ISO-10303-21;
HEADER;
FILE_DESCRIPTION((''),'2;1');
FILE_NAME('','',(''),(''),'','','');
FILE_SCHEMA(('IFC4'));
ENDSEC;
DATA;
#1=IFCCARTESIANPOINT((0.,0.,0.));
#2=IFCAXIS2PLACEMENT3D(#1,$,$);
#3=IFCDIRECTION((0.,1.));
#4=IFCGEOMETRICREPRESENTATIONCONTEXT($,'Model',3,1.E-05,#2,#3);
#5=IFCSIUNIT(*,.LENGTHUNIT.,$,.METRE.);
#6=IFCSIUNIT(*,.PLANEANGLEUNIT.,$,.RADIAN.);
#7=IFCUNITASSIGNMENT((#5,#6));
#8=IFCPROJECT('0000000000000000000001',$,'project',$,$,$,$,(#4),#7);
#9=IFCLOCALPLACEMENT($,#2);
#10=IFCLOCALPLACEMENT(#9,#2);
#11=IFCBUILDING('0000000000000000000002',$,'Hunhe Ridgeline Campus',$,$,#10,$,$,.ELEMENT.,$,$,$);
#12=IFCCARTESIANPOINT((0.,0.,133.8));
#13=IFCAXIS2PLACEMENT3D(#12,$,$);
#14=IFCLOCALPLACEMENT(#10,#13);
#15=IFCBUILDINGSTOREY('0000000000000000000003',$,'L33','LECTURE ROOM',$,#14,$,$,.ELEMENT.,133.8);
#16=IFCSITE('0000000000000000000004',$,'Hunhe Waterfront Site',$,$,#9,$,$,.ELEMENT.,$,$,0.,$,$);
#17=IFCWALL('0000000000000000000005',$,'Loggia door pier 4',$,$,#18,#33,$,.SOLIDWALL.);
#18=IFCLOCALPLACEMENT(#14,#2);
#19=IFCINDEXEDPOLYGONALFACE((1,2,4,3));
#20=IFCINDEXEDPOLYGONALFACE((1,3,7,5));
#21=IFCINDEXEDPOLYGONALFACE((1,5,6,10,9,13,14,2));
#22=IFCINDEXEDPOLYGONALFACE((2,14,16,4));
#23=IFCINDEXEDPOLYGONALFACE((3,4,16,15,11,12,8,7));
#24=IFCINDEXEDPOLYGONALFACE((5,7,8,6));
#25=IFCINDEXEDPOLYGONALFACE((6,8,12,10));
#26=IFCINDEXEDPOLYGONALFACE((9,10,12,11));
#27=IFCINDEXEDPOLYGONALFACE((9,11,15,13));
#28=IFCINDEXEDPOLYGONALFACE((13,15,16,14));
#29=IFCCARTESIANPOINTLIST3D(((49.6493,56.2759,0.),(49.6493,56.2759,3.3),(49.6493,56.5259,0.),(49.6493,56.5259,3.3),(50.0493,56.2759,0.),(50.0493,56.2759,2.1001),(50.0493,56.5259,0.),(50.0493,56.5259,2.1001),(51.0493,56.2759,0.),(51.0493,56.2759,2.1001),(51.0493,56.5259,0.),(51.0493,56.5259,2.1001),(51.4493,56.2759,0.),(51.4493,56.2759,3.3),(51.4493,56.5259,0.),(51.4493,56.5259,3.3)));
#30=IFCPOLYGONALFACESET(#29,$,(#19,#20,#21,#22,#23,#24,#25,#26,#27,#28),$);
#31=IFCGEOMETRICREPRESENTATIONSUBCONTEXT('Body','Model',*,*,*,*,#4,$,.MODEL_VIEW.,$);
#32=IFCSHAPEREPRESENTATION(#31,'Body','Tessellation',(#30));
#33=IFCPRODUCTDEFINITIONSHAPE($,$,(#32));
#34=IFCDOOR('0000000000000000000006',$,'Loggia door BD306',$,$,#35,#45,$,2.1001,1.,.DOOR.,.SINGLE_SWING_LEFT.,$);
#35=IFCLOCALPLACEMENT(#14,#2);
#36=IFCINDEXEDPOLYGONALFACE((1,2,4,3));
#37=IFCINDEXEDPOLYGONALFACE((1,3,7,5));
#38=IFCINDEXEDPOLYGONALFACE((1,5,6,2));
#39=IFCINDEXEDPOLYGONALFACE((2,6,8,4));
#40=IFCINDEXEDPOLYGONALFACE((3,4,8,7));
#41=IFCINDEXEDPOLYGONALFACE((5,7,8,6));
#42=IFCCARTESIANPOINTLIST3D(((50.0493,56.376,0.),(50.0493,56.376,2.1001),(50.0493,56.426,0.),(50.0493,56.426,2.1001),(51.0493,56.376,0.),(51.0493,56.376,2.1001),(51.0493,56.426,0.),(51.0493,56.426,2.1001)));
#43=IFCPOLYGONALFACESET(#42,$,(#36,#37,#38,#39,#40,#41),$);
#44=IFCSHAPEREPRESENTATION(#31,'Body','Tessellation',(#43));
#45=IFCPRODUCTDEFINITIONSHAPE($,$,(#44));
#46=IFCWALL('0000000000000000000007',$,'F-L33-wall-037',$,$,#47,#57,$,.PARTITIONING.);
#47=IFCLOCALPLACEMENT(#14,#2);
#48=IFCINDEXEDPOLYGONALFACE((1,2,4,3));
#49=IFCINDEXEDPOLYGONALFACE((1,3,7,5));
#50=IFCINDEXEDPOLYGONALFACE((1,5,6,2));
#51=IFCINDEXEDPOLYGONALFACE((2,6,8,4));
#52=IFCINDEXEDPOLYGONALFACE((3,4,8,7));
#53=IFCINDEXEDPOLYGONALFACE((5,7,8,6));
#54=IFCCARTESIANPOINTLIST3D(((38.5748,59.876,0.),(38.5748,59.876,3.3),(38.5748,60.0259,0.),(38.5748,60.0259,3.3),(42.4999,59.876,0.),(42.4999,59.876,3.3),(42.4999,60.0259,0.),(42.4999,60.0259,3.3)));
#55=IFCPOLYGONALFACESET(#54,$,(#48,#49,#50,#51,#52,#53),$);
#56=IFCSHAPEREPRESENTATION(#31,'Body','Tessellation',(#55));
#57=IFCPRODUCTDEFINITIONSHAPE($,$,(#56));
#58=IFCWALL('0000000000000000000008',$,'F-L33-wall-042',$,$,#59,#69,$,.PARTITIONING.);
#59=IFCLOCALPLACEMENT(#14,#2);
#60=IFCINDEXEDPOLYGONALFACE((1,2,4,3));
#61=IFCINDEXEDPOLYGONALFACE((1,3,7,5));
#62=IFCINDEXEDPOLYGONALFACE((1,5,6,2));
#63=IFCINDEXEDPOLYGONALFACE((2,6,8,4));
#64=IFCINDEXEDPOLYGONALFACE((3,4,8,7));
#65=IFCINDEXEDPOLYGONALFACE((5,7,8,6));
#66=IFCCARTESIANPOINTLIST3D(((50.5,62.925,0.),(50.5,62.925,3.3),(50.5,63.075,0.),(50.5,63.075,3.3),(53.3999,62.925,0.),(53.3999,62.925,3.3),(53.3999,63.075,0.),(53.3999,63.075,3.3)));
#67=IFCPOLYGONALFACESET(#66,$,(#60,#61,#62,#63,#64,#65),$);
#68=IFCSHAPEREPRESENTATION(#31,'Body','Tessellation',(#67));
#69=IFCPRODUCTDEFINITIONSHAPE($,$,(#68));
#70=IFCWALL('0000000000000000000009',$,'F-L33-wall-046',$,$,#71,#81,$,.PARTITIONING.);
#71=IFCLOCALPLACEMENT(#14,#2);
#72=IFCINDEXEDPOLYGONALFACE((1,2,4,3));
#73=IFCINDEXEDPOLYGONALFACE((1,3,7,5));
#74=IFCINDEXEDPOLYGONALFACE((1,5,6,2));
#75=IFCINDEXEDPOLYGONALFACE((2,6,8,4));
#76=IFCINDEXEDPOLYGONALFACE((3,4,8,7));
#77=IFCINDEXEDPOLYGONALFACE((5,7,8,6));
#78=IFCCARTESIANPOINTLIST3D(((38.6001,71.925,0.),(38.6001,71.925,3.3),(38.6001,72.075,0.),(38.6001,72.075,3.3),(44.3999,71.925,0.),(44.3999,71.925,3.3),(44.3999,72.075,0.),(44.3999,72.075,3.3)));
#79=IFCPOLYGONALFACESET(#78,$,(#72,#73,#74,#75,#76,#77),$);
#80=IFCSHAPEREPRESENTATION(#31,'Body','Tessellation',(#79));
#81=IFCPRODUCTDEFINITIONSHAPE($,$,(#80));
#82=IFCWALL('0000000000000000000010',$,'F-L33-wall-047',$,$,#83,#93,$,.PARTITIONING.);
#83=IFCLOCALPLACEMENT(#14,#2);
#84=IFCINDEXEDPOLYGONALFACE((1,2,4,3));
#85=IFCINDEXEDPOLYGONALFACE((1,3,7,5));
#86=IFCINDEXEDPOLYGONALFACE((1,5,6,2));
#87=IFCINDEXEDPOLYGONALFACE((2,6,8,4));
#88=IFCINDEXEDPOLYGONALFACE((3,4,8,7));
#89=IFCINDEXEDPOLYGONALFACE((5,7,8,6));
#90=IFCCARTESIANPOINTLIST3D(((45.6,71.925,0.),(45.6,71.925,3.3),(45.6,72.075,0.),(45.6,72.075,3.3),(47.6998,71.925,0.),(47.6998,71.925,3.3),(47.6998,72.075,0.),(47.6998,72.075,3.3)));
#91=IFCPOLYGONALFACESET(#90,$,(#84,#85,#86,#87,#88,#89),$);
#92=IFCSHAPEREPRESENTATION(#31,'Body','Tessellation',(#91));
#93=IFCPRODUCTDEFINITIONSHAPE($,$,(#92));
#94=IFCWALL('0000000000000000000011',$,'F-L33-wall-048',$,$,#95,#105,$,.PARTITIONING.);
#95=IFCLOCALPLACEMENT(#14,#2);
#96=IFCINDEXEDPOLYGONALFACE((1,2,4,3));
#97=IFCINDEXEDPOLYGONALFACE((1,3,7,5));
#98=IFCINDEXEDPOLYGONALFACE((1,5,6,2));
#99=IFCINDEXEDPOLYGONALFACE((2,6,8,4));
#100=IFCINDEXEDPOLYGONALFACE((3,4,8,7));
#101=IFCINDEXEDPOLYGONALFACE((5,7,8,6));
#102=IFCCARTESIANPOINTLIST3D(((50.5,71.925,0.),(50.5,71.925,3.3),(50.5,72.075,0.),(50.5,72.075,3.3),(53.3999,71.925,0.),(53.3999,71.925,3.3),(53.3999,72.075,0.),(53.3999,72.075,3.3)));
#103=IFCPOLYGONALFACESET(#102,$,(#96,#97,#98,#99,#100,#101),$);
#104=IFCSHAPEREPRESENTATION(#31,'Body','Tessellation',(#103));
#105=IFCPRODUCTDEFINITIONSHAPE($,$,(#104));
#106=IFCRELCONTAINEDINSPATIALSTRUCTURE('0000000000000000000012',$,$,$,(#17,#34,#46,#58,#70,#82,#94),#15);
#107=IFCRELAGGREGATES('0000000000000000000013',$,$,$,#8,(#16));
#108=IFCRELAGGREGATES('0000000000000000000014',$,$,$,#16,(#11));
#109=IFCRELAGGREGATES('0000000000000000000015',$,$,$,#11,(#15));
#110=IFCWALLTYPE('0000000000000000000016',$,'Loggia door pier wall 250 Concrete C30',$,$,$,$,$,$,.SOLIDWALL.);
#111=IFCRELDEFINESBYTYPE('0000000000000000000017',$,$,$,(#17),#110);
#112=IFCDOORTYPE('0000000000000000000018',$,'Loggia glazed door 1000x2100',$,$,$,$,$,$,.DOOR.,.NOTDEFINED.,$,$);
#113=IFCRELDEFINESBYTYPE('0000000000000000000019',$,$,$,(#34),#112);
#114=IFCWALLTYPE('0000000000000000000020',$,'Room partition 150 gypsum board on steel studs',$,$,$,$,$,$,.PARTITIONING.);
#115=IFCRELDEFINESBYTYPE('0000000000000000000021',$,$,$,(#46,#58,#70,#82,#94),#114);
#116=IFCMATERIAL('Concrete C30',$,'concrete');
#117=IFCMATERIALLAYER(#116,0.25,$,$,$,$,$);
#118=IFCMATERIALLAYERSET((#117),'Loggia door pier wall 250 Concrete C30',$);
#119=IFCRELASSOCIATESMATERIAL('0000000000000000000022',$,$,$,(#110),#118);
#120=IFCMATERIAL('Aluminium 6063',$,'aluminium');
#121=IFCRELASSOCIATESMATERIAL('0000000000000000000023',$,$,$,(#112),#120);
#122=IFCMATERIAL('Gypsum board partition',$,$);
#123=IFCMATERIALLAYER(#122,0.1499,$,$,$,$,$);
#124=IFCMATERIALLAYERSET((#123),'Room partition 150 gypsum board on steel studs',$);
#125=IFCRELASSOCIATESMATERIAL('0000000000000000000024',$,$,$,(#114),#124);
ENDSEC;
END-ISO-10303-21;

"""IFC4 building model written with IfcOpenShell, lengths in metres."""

from ifc_helpers import new_model, si_unit, direction, frame, frame_2d, origin, place, context, subcontext, project, spatial, rectangle, extrude, material, layer, layer_set, type_object, element, fill, save


model = new_model("IFC4")

# Units and contexts
model_context = context("Model", 3, precision=1e-05, world=origin(), true_north=direction((0.0, 1.0)))
body_context = subcontext(model_context, "Body", "Model", "MODEL_VIEW")
ifc_project = project(units=[si_unit("LENGTHUNIT", "METRE"), si_unit("PLANEANGLEUNIT", "RADIAN")], contexts=[model_context])

# Site, building, storey
site_placement = place(None, origin())
site = spatial("IfcSite", under=ifc_project, at=site_placement, Name="Hunhe Waterfront Site", CompositionType="ELEMENT", RefElevation=0.0)
building_placement = place(site_placement, origin())
building = spatial("IfcBuilding", under=site, at=building_placement, Name="Hunhe Ridgeline Campus", CompositionType="ELEMENT")
storey_placement = place(building_placement, frame((0.0, 0.0, 133.8)))
storey = spatial("IfcBuildingStorey", under=building, at=storey_placement, Name="L33", Description="LECTURE ROOM", CompositionType="ELEMENT", Elevation=133.8)

# Shared definitions
ifc_material_1 = material(Name="Aluminium 6063", Category="aluminium")

# Shared definitions
ifc_material_2 = material(Name="Concrete C30", Category="concrete")
ifc_material_3 = material(Name="Gypsum board partition")

# Wall, opening, door
ifc_layer_1 = layer(ifc_material_2, 0.25)
ifc_layer_set_1 = layer_set([ifc_layer_1], Name="Loggia door pier wall 250 Concrete C30")
wall_type_1 = type_object("IfcWallType", Name="Loggia door pier wall 250 Concrete C30", PredefinedType="SOLIDWALL", material=ifc_layer_set_1)
wall_1_placement = place(storey_placement, frame((49.6494, 56.4009, 0.0), z_axis=(0.0, 0.0, 1.0), x_axis=(1.0, 0.0, 0.0)))
wall_1 = element("IfcWall", 1, at=wall_1_placement, inside=storey, type_object=wall_type_1, Name="Loggia door pier 4", PredefinedType="SOLIDWALL", context=body_context, shape_type="SweptSolid", body=[
    extrude(rectangle(XDim=1.8, YDim=0.25, at=frame_2d((0.8999, 0.0))), origin(), (0.0, 0.0, 1.0), 3.3),
])
opening_1_placement = place(wall_1_placement, frame((0.3999, 0.0, 0.0)))
opening_1 = element("IfcOpeningElement", 2, at=opening_1_placement, cuts=wall_1, PredefinedType="OPENING", context=body_context, shape_type="SweptSolid", body=[
    extrude(rectangle(XDim=1.0, YDim=2.1001, at=frame_2d((0.5, 1.05))), frame((0.0, 0.125, 0.0), z_axis=(0.0, -1.0, 0.0), x_axis=(1.0, 0.0, 0.0)), (0.0, 0.0, 1.0), 0.25),
])
door_type_1 = type_object("IfcDoorType", Name="Loggia glazed door 1000x2100", OperationType="NOTDEFINED", PredefinedType="DOOR", material=ifc_material_1)
door_1_placement = place(opening_1_placement, frame((1.0, 0.0, 0.0), z_axis=(0.0, 0.0, 1.0), x_axis=(-1.0, 0.0, 0.0)))
door_1 = element("IfcDoor", 3, at=door_1_placement, inside=storey, type_object=door_type_1, Name="Loggia door BD306", OperationType="SINGLE_SWING_LEFT", OverallHeight=2.1001, OverallWidth=1.0, PredefinedType="DOOR", context=body_context, shape_type="SweptSolid", body=[
    extrude(rectangle(XDim=1.0, YDim=2.1001, at=frame_2d((0.5, 1.05))), frame((0.0, 0.0249, 0.0), z_axis=(0.0, -1.0, 0.0), x_axis=(1.0, 0.0, 0.0)), (0.0, 0.0, 1.0), 0.05),
])
fill(opening_1, door_1)

# Walls
ifc_layer_2 = layer(ifc_material_3, 0.1499)
ifc_layer_set_2 = layer_set([ifc_layer_2], Name="Room partition 150 gypsum board on steel studs")
wall_type_2 = type_object("IfcWallType", Name="Room partition 150 gypsum board on steel studs", PredefinedType="PARTITIONING", material=ifc_layer_set_2)
wall_2_placement = place(storey_placement, frame((38.575, 59.9509, 0.0), z_axis=(0.0, 0.0, 1.0), x_axis=(1.0, 0.0, 0.0)))
element("IfcWall", 4, at=wall_2_placement, inside=storey, type_object=wall_type_2, Name="F-L33-wall-037", PredefinedType="PARTITIONING", context=body_context, shape_type="SweptSolid", body=[
    extrude(rectangle(XDim=3.925, YDim=0.1499, at=frame_2d((1.9624, 0.0))), origin(), (0.0, 0.0, 1.0), 3.3),
])
wall_3_placement = place(storey_placement, frame((50.5, 63.0, 0.0), z_axis=(0.0, 0.0, 1.0), x_axis=(1.0, 0.0, 0.0)))
element("IfcWall", 5, at=wall_3_placement, inside=storey, type_object=wall_type_2, Name="F-L33-wall-042", PredefinedType="PARTITIONING", context=body_context, shape_type="SweptSolid", body=[
    extrude(rectangle(XDim=2.8999, YDim=0.1499, at=frame_2d((1.45, 0.0))), origin(), (0.0, 0.0, 1.0), 3.3),
])
wall_4_placement = place(storey_placement, frame((38.6001, 72.0, 0.0), z_axis=(0.0, 0.0, 1.0), x_axis=(1.0, 0.0, 0.0)))
element("IfcWall", 6, at=wall_4_placement, inside=storey, type_object=wall_type_2, Name="F-L33-wall-046", PredefinedType="PARTITIONING", context=body_context, shape_type="SweptSolid", body=[
    extrude(rectangle(XDim=5.7998, YDim=0.1499, at=frame_2d((2.8999, 0.0))), origin(), (0.0, 0.0, 1.0), 3.3),
])
wall_5_placement = place(storey_placement, frame((45.6001, 72.0, 0.0), z_axis=(0.0, 0.0, 1.0), x_axis=(1.0, 0.0, 0.0)))
element("IfcWall", 7, at=wall_5_placement, inside=storey, type_object=wall_type_2, Name="F-L33-wall-047", PredefinedType="PARTITIONING", context=body_context, shape_type="SweptSolid", body=[
    extrude(rectangle(XDim=2.0999, YDim=0.1499, at=frame_2d((1.0498, 0.0))), origin(), (0.0, 0.0, 1.0), 3.3),
])
wall_6_placement = place(storey_placement, frame((50.5, 72.0, 0.0), z_axis=(0.0, 0.0, 1.0), x_axis=(1.0, 0.0, 0.0)))
element("IfcWall", 8, at=wall_6_placement, inside=storey, type_object=wall_type_2, Name="F-L33-wall-048", PredefinedType="PARTITIONING", context=body_context, shape_type="SweptSolid", body=[
    extrude(rectangle(XDim=2.8999, YDim=0.1499, at=frame_2d((1.45, 0.0))), origin(), (0.0, 0.0, 1.0), 3.3),
])

save(model, "model.ifc")
